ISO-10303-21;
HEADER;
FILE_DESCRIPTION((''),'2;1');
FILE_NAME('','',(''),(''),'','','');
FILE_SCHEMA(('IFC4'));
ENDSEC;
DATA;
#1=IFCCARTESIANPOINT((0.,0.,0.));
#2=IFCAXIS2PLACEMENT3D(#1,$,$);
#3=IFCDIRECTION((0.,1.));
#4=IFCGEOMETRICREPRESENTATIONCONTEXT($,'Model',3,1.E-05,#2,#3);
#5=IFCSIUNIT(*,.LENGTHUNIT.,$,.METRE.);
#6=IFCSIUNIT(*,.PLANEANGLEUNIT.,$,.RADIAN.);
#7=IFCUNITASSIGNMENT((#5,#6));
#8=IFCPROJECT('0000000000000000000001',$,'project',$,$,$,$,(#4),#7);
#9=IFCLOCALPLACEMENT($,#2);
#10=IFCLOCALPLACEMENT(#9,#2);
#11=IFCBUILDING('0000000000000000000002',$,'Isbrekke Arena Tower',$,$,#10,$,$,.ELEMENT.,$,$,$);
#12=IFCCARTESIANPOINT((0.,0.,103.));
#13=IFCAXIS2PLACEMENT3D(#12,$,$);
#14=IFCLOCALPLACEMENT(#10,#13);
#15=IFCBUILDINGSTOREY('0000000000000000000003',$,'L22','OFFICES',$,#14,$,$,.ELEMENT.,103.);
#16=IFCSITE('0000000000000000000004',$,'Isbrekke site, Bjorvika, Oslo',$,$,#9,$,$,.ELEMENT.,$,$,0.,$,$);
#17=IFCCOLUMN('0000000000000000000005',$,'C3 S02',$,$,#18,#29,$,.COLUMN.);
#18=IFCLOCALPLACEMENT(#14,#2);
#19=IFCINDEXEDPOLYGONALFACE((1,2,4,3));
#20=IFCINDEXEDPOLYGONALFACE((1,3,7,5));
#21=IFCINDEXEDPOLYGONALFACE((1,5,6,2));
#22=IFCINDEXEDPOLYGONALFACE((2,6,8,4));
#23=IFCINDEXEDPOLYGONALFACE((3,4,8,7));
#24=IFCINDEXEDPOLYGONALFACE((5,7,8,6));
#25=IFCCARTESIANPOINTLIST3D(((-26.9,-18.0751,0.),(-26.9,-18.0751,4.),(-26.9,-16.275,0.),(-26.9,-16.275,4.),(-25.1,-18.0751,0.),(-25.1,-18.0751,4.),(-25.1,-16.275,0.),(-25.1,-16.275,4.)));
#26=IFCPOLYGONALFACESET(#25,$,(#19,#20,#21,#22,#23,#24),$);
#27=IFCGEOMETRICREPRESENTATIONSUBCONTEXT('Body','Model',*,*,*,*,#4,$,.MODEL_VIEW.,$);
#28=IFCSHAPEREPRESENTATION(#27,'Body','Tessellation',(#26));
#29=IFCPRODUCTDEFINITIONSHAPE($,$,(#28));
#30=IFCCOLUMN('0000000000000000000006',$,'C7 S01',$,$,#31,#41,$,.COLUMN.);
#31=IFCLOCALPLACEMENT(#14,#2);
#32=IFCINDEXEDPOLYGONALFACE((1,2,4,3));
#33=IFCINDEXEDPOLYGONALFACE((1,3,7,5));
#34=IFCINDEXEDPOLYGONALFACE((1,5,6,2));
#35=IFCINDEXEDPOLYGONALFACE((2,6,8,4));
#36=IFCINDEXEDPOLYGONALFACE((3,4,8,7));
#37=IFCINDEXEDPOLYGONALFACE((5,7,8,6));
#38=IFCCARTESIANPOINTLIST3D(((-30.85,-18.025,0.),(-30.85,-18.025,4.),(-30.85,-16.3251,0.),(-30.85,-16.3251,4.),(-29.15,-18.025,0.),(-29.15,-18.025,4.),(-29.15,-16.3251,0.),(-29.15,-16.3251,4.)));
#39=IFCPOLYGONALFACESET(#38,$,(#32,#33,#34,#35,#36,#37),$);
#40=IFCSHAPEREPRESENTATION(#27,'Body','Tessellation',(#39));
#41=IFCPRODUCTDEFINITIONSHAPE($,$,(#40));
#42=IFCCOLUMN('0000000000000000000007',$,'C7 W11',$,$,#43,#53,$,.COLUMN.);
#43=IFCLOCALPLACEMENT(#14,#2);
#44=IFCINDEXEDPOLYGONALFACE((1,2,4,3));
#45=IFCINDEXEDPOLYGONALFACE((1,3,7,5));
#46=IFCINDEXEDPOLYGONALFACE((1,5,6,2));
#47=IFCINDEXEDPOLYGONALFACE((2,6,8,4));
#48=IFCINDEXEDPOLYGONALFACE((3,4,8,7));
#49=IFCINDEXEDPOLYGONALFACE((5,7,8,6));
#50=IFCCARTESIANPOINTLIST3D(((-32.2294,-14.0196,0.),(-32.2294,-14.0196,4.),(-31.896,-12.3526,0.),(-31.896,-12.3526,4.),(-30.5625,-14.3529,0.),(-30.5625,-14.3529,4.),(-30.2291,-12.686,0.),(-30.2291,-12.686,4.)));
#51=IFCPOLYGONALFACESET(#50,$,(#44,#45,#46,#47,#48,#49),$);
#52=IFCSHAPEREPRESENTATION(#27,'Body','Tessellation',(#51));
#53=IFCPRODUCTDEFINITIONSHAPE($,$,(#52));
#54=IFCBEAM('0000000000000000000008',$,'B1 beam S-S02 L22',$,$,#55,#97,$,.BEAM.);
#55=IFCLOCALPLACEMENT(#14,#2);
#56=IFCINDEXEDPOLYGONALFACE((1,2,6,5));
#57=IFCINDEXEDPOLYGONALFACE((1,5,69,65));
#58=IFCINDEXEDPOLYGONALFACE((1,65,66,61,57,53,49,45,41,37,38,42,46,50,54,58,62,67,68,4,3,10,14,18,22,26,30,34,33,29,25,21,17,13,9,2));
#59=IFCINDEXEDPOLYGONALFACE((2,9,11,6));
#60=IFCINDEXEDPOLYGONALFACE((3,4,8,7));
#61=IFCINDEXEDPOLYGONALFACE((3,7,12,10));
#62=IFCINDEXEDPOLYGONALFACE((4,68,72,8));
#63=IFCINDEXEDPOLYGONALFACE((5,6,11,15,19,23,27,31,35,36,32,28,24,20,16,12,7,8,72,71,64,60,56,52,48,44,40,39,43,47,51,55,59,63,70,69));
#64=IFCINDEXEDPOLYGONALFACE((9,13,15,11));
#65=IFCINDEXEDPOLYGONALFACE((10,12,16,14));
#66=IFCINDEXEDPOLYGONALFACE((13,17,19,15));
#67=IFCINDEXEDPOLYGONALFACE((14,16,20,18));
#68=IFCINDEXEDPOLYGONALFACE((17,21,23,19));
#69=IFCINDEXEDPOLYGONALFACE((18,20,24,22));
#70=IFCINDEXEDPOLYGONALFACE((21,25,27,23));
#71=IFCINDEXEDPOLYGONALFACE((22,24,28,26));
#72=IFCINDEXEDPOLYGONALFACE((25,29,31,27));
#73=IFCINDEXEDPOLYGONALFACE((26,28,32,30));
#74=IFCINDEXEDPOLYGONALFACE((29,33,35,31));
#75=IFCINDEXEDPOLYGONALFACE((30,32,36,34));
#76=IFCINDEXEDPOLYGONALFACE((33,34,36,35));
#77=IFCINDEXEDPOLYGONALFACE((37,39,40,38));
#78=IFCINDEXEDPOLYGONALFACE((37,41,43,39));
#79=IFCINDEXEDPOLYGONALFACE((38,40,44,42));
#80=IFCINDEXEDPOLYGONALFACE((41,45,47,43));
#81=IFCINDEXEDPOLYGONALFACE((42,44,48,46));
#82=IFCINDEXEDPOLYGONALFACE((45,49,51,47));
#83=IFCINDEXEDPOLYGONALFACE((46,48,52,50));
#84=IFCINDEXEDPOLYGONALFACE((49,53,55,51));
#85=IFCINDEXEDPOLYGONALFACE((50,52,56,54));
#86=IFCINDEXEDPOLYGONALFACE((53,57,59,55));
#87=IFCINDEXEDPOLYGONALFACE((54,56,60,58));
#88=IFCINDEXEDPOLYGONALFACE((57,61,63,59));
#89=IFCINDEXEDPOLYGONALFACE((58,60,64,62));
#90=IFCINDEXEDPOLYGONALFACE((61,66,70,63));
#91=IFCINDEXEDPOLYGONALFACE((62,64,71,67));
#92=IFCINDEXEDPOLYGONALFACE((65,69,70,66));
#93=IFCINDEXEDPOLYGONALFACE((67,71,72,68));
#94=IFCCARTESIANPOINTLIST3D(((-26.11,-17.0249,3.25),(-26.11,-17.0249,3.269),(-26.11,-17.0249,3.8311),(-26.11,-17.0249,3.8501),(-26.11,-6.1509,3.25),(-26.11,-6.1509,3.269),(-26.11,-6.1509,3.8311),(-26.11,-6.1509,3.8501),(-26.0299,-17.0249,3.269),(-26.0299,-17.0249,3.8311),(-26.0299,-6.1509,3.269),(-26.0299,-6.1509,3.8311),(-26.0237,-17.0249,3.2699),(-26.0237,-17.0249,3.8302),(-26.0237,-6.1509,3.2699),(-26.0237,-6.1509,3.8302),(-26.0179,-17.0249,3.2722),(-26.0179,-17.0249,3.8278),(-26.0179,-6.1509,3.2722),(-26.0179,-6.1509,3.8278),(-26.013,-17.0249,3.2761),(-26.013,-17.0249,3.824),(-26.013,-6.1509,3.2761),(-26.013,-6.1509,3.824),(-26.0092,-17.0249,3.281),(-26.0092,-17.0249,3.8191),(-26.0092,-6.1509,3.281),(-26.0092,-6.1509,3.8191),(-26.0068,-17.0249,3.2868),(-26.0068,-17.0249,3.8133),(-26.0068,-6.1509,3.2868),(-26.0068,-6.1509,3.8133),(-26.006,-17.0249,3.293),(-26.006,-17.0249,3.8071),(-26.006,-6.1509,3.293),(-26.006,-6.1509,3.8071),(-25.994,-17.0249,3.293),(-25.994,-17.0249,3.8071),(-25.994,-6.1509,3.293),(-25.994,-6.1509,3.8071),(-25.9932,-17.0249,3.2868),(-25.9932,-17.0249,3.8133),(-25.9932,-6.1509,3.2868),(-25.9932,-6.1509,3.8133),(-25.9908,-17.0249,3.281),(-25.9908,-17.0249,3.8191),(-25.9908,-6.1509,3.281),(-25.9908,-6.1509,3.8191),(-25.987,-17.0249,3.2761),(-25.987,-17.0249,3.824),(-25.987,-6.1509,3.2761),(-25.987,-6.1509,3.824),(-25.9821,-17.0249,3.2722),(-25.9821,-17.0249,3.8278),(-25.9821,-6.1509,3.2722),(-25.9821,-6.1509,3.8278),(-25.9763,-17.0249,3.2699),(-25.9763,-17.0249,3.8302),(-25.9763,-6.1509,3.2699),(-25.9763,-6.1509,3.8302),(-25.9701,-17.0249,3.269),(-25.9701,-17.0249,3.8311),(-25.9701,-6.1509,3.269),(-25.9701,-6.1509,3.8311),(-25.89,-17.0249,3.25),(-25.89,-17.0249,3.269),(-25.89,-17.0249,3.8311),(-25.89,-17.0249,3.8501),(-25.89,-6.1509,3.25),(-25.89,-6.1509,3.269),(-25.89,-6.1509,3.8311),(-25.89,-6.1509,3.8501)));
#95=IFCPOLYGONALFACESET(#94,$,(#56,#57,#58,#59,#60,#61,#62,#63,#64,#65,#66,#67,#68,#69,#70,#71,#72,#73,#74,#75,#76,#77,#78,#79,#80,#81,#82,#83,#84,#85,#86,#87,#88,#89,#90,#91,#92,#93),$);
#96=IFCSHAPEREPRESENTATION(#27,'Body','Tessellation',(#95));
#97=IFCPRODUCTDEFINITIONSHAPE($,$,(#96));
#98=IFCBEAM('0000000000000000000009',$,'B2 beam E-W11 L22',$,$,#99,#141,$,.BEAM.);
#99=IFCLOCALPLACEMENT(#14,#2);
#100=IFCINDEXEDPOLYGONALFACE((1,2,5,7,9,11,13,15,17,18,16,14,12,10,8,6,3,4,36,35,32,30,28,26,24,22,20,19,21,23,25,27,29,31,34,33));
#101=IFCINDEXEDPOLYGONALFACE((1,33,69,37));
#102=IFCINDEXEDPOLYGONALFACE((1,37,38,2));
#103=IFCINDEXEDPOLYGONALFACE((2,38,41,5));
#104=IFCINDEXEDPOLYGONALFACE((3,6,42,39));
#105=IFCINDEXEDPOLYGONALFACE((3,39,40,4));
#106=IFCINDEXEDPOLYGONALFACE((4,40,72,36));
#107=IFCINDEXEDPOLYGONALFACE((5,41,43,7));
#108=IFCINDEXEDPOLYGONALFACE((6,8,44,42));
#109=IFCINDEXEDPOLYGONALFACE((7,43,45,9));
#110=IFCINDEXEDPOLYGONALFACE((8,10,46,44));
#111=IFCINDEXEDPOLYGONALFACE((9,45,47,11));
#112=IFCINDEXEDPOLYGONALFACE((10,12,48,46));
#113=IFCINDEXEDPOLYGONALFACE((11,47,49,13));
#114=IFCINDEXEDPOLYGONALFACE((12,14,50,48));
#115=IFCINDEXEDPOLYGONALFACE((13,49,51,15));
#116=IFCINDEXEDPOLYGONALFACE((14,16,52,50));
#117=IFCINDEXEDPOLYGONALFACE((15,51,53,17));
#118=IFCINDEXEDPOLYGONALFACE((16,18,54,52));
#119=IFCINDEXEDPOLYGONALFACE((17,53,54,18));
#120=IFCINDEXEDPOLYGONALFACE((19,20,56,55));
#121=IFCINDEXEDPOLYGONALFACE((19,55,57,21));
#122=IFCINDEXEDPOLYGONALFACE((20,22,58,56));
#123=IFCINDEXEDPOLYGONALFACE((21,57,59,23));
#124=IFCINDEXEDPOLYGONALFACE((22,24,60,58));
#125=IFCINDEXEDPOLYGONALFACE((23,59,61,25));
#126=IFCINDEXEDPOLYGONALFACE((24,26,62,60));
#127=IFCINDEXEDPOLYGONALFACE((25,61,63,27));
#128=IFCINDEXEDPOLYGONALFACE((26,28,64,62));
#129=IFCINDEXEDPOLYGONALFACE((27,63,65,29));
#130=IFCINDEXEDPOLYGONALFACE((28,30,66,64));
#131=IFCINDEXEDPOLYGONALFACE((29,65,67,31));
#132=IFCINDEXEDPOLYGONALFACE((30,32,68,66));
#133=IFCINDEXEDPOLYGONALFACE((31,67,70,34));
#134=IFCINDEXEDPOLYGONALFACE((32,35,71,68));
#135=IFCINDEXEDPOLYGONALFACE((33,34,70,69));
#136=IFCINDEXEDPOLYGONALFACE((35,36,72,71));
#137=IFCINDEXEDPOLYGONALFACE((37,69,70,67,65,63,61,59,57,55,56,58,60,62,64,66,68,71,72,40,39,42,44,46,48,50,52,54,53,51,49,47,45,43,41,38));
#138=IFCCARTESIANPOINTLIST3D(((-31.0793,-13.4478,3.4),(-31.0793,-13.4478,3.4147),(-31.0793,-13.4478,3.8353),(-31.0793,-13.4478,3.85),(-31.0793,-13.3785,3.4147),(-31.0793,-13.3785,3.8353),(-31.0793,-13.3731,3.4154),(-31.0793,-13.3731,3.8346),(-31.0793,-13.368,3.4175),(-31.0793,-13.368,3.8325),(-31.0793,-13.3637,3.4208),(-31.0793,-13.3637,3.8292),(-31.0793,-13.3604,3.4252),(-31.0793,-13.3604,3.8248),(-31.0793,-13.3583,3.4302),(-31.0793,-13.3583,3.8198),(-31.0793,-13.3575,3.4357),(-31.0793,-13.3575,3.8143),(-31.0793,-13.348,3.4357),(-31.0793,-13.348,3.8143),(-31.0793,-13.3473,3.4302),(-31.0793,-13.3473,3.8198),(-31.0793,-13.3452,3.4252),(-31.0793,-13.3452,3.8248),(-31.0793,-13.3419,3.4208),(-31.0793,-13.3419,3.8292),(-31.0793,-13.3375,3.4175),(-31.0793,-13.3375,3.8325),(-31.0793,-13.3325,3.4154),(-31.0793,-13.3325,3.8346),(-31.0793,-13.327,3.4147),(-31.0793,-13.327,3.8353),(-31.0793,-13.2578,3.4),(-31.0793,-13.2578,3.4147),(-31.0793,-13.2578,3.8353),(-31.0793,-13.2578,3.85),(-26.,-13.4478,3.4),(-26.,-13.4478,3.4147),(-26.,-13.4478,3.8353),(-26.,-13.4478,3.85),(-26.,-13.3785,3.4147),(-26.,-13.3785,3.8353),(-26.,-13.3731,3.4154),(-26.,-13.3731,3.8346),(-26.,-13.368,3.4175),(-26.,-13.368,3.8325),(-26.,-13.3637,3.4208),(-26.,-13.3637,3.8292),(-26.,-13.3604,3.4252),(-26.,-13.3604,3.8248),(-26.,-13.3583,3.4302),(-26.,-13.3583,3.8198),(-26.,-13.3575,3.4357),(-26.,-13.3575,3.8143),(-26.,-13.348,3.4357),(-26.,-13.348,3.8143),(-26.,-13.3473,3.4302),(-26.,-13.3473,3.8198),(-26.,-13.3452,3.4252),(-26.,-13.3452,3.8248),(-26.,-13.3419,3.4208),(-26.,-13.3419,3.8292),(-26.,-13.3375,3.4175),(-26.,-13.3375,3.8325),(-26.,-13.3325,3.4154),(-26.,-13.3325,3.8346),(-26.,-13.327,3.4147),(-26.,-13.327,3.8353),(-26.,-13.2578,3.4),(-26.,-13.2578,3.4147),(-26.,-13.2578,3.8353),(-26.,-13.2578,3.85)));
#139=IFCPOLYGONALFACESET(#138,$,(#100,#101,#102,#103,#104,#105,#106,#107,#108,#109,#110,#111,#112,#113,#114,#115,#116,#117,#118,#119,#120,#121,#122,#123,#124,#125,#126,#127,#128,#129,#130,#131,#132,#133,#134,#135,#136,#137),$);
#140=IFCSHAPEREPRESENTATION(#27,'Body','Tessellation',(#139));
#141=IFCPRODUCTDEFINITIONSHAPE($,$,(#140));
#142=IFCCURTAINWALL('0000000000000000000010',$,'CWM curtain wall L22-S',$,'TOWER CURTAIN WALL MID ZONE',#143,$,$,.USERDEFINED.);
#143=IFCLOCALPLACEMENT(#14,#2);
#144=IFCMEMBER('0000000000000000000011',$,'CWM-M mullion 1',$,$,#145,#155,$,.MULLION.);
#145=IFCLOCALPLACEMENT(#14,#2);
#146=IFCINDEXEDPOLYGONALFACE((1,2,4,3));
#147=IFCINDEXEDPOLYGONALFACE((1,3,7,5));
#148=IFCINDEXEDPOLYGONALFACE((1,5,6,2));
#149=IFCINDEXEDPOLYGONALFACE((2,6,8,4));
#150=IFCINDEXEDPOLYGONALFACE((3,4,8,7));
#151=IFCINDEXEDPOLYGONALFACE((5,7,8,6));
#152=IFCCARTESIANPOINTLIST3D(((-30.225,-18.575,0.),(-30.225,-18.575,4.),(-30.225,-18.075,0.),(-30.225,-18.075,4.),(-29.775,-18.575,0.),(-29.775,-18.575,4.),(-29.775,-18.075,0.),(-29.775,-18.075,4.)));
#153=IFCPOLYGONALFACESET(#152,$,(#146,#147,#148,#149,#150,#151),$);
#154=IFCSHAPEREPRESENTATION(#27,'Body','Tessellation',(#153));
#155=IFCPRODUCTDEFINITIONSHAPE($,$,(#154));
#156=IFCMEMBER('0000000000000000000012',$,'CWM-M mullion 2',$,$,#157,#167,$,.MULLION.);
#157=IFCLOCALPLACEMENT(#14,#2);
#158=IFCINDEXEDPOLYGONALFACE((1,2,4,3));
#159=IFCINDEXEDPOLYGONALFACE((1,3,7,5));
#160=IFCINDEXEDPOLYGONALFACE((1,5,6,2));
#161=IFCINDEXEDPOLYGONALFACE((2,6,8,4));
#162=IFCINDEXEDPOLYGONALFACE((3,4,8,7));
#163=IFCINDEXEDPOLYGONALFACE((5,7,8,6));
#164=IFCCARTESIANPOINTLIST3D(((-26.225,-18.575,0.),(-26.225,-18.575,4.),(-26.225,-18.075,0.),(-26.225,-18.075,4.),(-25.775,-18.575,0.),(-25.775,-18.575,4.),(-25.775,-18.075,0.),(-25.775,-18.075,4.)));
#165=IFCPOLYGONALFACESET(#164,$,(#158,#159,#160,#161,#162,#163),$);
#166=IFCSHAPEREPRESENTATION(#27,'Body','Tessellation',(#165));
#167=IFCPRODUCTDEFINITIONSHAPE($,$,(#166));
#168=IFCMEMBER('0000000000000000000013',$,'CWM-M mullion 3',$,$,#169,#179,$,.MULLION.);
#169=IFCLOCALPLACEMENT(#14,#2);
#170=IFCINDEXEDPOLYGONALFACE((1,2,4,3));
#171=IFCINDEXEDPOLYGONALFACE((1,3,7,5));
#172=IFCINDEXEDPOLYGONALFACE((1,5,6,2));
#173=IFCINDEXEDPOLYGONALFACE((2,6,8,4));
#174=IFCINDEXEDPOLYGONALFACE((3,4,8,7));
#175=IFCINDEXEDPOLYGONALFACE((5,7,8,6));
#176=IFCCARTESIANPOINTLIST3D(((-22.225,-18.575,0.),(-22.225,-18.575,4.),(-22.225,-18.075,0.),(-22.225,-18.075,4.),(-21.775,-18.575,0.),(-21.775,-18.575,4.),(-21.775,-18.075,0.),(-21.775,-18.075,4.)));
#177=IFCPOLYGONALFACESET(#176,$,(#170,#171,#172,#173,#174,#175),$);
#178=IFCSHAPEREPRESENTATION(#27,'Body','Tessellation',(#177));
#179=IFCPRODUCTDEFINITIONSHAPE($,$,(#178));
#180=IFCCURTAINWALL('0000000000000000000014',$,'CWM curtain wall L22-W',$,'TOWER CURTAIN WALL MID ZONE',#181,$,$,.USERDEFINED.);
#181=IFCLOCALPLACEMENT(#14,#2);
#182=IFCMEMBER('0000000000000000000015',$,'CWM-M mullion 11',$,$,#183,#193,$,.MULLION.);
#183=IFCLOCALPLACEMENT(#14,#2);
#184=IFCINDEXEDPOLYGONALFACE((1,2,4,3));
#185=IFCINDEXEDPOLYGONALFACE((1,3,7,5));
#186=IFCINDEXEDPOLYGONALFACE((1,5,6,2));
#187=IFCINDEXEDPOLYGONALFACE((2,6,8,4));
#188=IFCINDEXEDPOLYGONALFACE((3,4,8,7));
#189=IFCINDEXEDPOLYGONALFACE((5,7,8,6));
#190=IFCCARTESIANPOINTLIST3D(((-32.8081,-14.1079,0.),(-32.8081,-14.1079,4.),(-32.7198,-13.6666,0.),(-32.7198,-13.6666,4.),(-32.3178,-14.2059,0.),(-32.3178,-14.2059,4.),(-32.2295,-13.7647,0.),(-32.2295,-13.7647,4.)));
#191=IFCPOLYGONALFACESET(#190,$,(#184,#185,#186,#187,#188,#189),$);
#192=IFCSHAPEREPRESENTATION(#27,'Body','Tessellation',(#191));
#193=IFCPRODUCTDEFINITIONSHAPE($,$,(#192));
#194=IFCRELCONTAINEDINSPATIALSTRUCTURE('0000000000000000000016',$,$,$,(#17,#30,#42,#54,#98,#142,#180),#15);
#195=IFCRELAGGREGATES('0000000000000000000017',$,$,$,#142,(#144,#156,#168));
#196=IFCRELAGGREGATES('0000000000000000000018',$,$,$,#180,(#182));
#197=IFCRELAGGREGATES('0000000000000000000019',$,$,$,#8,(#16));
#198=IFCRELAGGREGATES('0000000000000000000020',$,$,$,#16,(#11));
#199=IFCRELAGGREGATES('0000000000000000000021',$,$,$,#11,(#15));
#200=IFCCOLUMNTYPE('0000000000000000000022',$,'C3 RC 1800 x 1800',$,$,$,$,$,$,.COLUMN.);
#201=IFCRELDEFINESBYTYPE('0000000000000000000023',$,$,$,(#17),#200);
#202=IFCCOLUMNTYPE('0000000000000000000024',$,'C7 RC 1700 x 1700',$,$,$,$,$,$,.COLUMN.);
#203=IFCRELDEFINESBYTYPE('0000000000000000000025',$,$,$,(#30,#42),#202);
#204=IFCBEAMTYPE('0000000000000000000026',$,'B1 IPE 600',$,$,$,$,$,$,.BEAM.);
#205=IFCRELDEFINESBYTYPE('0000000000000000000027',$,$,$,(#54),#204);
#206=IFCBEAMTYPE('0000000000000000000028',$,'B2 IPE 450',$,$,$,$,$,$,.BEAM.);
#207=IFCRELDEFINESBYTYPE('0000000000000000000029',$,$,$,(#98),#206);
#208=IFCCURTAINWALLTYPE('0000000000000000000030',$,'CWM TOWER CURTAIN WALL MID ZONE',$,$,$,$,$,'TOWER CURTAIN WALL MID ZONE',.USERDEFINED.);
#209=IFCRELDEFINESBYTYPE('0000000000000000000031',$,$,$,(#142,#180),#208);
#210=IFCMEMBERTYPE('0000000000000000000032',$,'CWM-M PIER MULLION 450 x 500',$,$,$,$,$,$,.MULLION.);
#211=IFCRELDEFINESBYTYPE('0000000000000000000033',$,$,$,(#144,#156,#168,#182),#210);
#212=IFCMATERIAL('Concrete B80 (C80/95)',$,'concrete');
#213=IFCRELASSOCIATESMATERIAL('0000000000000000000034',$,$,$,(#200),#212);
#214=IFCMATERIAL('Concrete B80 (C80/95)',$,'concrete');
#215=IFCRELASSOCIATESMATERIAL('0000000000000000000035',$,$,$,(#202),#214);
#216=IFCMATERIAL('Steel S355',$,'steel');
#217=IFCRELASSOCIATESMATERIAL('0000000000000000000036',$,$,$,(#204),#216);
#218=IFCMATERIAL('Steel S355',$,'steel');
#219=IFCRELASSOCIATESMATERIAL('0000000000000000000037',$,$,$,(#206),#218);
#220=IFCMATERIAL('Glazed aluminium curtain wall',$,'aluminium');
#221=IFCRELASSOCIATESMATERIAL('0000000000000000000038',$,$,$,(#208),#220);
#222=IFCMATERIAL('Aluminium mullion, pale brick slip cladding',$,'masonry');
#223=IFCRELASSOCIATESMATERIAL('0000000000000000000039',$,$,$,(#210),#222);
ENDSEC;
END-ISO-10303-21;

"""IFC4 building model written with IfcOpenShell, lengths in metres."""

from ifc_helpers import new_model, si_unit, direction, frame, origin, origin_2d, place, context, subcontext, project, spatial, rectangle, i_section, extrude, material, material_profile, profile_set, type_object, element, aggregate, save


model = new_model("IFC4")

# Units and contexts
model_context = context("Model", 3, precision=1e-05, world=origin(), true_north=direction((0.0, 1.0)))
body_context = subcontext(model_context, "Body", "Model", "MODEL_VIEW")
ifc_project = project(units=[si_unit("LENGTHUNIT", "METRE"), si_unit("PLANEANGLEUNIT", "RADIAN")], contexts=[model_context])

# Site, building, storey
site_placement = place(None, origin())
site = spatial("IfcSite", under=ifc_project, at=site_placement, Name="Isbrekke site, Bjorvika, Oslo", CompositionType="ELEMENT", RefElevation=0.0)
building_placement = place(site_placement, origin())
building = spatial("IfcBuilding", under=site, at=building_placement, Name="Isbrekke Arena Tower", CompositionType="ELEMENT")
storey_placement = place(building_placement, frame((0.0, 0.0, 103.0)))
storey = spatial("IfcBuildingStorey", under=building, at=storey_placement, Name="L22", Description="OFFICES", CompositionType="ELEMENT", Elevation=103.0)

# Columns
ifc_material_1 = material(Name="Concrete B80 (C80/95)", Category="concrete")
ifc_material_profile_1 = material_profile(ifc_material_1, rectangle(XDim=1.8, YDim=1.8, at=origin_2d()), Name="RC 1800x1800")
ifc_profile_set_1 = profile_set([ifc_material_profile_1], Name="Concrete B80 (C80/95)")
column_type_1 = type_object("IfcColumnType", Name="C3 RC 1800 x 1800", PredefinedType="COLUMN", material=ifc_profile_set_1)
column_placement = place(storey_placement, frame((-26.0, -17.175, 0.0), z_axis=(0.0, 0.0, 1.0), x_axis=(1.0, 0.0, 0.0)))
element("IfcColumn", 1, at=column_placement, inside=storey, type_object=column_type_1, Name="C3 S02", PredefinedType="COLUMN", context=body_context, shape_type="SweptSolid", body=[
    extrude(rectangle(XDim=1.8, YDim=1.8, at=origin_2d()), origin(), (0.0, 0.0, 1.0), 4.0),
])
ifc_material_2 = material(Name="Concrete B80 (C80/95)", Category="concrete")
ifc_material_profile_2 = material_profile(ifc_material_2, rectangle(XDim=1.7, YDim=1.7, at=origin_2d()), Name="RC 1700x1700")
ifc_profile_set_2 = profile_set([ifc_material_profile_2], Name="Concrete B80 (C80/95)")
column_type_2 = type_object("IfcColumnType", Name="C7 RC 1700 x 1700", PredefinedType="COLUMN", material=ifc_profile_set_2)
for number, where, z_axis, x_axis, name in (
    (2, (-30.0, -17.175, 0.0), (0.0, 0.0, 1.0), (1.0, 0.0, 0.0), "C7 S01"),
    (3, (-31.2292, -13.3528, 0.0), (0.0, 0.0, 1.0), (-0.196116, -0.980581, 0.0), "C7 W11"),
):
    element("IfcColumn", number, at=place(storey_placement, frame(where, z_axis=z_axis, x_axis=x_axis)), inside=storey, type_object=column_type_2, Name=name, PredefinedType="COLUMN", context=body_context, shape_type="SweptSolid", body=[
        extrude(rectangle(XDim=1.7, YDim=1.7, at=origin_2d()), origin(), (0.0, 0.0, 1.0), 4.0),
    ])

# Beams
ifc_material_3 = material(Name="Steel S355", Category="steel")
ifc_material_profile_3 = material_profile(ifc_material_3, i_section(OverallWidth=0.22, OverallDepth=0.6001, WebThickness=0.012, FlangeThickness=0.019, FilletRadius=0.0239, at=origin_2d()), Name="IPE 600")
ifc_profile_set_3 = profile_set([ifc_material_profile_3], Name="Steel S355")
beam_type_1 = type_object("IfcBeamType", Name="B1 IPE 600", PredefinedType="BEAM", material=ifc_profile_set_3)
beam_1_placement = place(storey_placement, frame((-26.0, -17.0249, 3.55), z_axis=(0.0, 1.0, 0.0), x_axis=(-1.0, 0.0, 0.0)))
element("IfcBeam", 4, at=beam_1_placement, inside=storey, type_object=beam_type_1, Name="B1 beam S-S02 L22", PredefinedType="BEAM", context=body_context, shape_type="SweptSolid", body=[
    extrude(i_section(OverallWidth=0.22, OverallDepth=0.6001, WebThickness=0.012, FlangeThickness=0.019, FilletRadius=0.0239, at=origin_2d()), origin(), (0.0, 0.0, 1.0), 10.874),
])
ifc_material_4 = material(Name="Steel S355", Category="steel")
ifc_material_profile_4 = material_profile(ifc_material_4, i_section(OverallWidth=0.1899, OverallDepth=0.45, WebThickness=0.0095, FlangeThickness=0.0146, FilletRadius=0.021, at=origin_2d()), Name="IPE 450")
ifc_profile_set_4 = profile_set([ifc_material_profile_4], Name="Steel S355")
beam_type_2 = type_object("IfcBeamType", Name="B2 IPE 450", PredefinedType="BEAM", material=ifc_profile_set_4)
beam_2_placement = place(storey_placement, frame((-31.0793, -13.3528, 3.625), z_axis=(1.0, 0.0, 0.0), x_axis=(0.0, 1.0, 0.0)))
element("IfcBeam", 5, at=beam_2_placement, inside=storey, type_object=beam_type_2, Name="B2 beam E-W11 L22", PredefinedType="BEAM", context=body_context, shape_type="SweptSolid", body=[
    extrude(i_section(OverallWidth=0.1899, OverallDepth=0.45, WebThickness=0.0095, FlangeThickness=0.0146, FilletRadius=0.021, at=origin_2d()), origin(), (0.0, 0.0, 1.0), 5.0793),
])

# Curtain wall, members
ifc_material_5 = material(Name="Glazed aluminium curtain wall", Category="aluminium")
curtain_wall_type = type_object("IfcCurtainWallType", Name="CWM TOWER CURTAIN WALL MID ZONE", ElementType="TOWER CURTAIN WALL MID ZONE", PredefinedType="USERDEFINED", material=ifc_material_5)
curtain_wall_1_placement = place(storey_placement, origin())
curtain_wall_1 = element("IfcCurtainWall", 6, at=curtain_wall_1_placement, inside=storey, type_object=curtain_wall_type, Name="CWM curtain wall L22-S", ObjectType="TOWER CURTAIN WALL MID ZONE", PredefinedType="USERDEFINED")
ifc_material_6 = material(Name="Aluminium mullion, pale brick slip cladding", Category="masonry")
ifc_material_profile_5 = material_profile(ifc_material_6, rectangle(XDim=0.45, YDim=0.5, at=origin_2d()), Name="PIER 450X500")
ifc_profile_set_5 = profile_set([ifc_material_profile_5], Name="Aluminium mullion, pale brick slip cladding")
member_type_1 = type_object("IfcMemberType", Name="CWM-M PIER MULLION 450 x 500", PredefinedType="MULLION", material=ifc_profile_set_5)
member_1_placement = place(storey_placement, frame((-30.0, -18.325, 0.0), z_axis=(0.0, 0.0, 1.0), x_axis=(1.0, 0.0, 0.0)))
member_1 = element("IfcMember", 7, at=member_1_placement, type_object=member_type_1, Name="CWM-M mullion 1", PredefinedType="MULLION", context=body_context, shape_type="SweptSolid", body=[
    extrude(rectangle(XDim=0.45, YDim=0.5, at=origin_2d()), origin(), (0.0, 0.0, 1.0), 4.0),
])
member_2_placement = place(storey_placement, frame((-26.0, -18.325, 0.0), z_axis=(0.0, 0.0, 1.0), x_axis=(1.0, 0.0, 0.0)))
member_2 = element("IfcMember", 8, at=member_2_placement, type_object=member_type_1, Name="CWM-M mullion 2", PredefinedType="MULLION", context=body_context, shape_type="SweptSolid", body=[
    extrude(rectangle(XDim=0.45, YDim=0.5, at=origin_2d()), origin(), (0.0, 0.0, 1.0), 4.0),
])
member_3_placement = place(storey_placement, frame((-22.0, -18.325, 0.0), z_axis=(0.0, 0.0, 1.0), x_axis=(1.0, 0.0, 0.0)))
member_3 = element("IfcMember", 9, at=member_3_placement, type_object=member_type_1, Name="CWM-M mullion 3", PredefinedType="MULLION", context=body_context, shape_type="SweptSolid", body=[
    extrude(rectangle(XDim=0.45, YDim=0.5, at=origin_2d()), origin(), (0.0, 0.0, 1.0), 4.0),
])

# Curtain wall, member
curtain_wall_2_placement = place(storey_placement, origin())
curtain_wall_2 = element("IfcCurtainWall", 10, at=curtain_wall_2_placement, inside=storey, type_object=curtain_wall_type, Name="CWM curtain wall L22-W", ObjectType="TOWER CURTAIN WALL MID ZONE", PredefinedType="USERDEFINED")
member_4_placement = place(storey_placement, frame((-32.5188, -13.9363, 0.0), z_axis=(0.0, 0.0, 1.0), x_axis=(-0.196116, -0.980581, 0.0)))
member_4 = element("IfcMember", 11, at=member_4_placement, type_object=member_type_1, Name="CWM-M mullion 11", PredefinedType="MULLION", context=body_context, shape_type="SweptSolid", body=[
    extrude(rectangle(XDim=0.45, YDim=0.5, at=origin_2d()), origin(), (0.0, 0.0, 1.0), 4.0),
])

aggregate(curtain_wall_1, [member_1, member_2, member_3])
aggregate(curtain_wall_2, [member_4])

save(model, "model.ifc")
